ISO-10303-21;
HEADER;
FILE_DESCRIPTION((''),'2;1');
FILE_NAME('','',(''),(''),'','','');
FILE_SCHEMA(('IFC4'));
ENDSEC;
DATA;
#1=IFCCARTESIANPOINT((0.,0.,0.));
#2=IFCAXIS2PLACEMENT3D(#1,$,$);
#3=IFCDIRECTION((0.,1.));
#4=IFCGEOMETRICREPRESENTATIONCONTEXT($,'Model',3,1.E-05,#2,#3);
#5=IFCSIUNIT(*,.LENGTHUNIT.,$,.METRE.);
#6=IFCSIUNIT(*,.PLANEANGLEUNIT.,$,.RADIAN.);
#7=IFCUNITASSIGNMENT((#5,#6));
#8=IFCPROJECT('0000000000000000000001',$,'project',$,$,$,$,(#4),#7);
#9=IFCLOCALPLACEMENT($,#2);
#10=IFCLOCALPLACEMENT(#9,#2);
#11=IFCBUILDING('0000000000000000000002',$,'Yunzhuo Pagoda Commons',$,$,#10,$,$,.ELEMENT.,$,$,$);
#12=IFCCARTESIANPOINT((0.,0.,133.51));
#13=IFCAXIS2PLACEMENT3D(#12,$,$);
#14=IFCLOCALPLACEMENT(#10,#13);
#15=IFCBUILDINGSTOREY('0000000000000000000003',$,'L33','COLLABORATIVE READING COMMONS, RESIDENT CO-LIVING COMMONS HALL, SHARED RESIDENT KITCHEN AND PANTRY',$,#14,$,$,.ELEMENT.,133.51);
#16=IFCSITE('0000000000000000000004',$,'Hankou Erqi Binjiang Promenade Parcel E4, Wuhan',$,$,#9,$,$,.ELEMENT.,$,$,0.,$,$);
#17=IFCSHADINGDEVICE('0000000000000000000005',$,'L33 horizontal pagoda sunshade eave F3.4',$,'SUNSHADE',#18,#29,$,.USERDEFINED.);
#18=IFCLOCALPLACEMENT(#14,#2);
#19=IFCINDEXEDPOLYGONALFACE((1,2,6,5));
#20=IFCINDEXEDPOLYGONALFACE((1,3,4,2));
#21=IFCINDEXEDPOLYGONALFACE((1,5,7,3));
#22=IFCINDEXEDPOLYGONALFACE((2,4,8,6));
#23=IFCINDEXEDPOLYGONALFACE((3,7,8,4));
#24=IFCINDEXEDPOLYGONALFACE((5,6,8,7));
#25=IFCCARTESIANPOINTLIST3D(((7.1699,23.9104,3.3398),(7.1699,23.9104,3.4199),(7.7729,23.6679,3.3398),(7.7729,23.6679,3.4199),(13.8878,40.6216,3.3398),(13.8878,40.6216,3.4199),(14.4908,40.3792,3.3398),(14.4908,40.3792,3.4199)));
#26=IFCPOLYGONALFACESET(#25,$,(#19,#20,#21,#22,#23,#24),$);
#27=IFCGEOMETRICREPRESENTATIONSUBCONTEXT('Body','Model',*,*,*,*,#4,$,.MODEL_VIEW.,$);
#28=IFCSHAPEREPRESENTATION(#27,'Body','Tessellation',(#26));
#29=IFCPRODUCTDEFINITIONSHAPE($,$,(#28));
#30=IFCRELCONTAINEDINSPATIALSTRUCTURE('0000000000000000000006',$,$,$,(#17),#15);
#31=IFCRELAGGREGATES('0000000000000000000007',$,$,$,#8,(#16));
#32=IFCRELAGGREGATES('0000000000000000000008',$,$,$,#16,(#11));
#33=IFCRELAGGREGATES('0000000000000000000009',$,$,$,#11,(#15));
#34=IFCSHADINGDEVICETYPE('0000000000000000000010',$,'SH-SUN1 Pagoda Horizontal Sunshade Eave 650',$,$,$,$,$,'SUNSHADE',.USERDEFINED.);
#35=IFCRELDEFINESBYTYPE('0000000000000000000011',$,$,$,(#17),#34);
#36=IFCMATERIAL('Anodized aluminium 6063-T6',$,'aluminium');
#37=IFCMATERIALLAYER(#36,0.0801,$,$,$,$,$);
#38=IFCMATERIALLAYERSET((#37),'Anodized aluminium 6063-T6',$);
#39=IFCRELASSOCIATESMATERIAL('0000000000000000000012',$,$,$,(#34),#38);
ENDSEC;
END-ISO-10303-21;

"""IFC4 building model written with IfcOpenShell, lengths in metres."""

from ifc_helpers import new_model, si_unit, direction, frame, origin, origin_2d, place, context, subcontext, project, spatial, rectangle, extrude, source, transform, mapped, material, layer, layer_set, type_object, element, save


model = new_model("IFC4")

# Units and contexts
model_context = context("Model", 3, precision=1e-05, world=origin(), true_north=direction((0.0, 1.0)))
body_context = subcontext(model_context, "Body", "Model", "MODEL_VIEW")
ifc_project = project(units=[si_unit("LENGTHUNIT", "METRE"), si_unit("PLANEANGLEUNIT", "RADIAN")], contexts=[model_context])

# Site, building, storey
site_placement = place(None, origin())
site = spatial("IfcSite", under=ifc_project, at=site_placement, Name="Hankou Erqi Binjiang Promenade Parcel E4, Wuhan", CompositionType="ELEMENT", RefElevation=0.0)
building_placement = place(site_placement, origin())
building = spatial("IfcBuilding", under=site, at=building_placement, Name="Yunzhuo Pagoda Commons", CompositionType="ELEMENT")
storey_placement = place(building_placement, frame((0.0, 0.0, 133.51)))
storey = spatial("IfcBuildingStorey", under=building, at=storey_placement, Name="L33", Description="COLLABORATIVE READING COMMONS, RESIDENT CO-LIVING COMMONS HALL, SHARED RESIDENT KITCHEN AND PANTRY", CompositionType="ELEMENT", Elevation=133.51)

# Shared definitions
ifc_material_1 = material(Name="Anodized aluminium 6063-T6", Category="aluminium")

# Shading device
ifc_layer_1 = layer(ifc_material_1, 0.0801)
ifc_layer_set_1 = layer_set([ifc_layer_1], Name="Anodized aluminium 6063-T6")
shading_device_type = type_object("IfcShadingDeviceType", Name="SH-SUN1 Pagoda Horizontal Sunshade Eave 650", ElementType="SUNSHADE", PredefinedType="USERDEFINED", material=ifc_layer_set_1)
shared_shape_1 = source(origin(), body_context, "Body", "SweptSolid", [
    extrude(rectangle(XDim=18.011, YDim=0.6499, at=origin_2d()), origin(), (0.0, 0.0, 1.0), 0.0801),
])
shading_device_placement = place(storey_placement, frame((10.8303, 32.1448, 3.3398), z_axis=(0.0, 0.0, 1.0), x_axis=(-0.372988, -0.927836, 0.0)))
element("IfcShadingDevice", 1, at=shading_device_placement, inside=storey, type_object=shading_device_type, Name="L33 horizontal pagoda sunshade eave F3.4", ObjectType="SUNSHADE", PredefinedType="USERDEFINED", context=body_context, shape_type="MappedRepresentation", body=[
    mapped(shared_shape_1, transform((0.0, 0.0, 0.0), scale=1.0)),
])

save(model, "model.ifc")
